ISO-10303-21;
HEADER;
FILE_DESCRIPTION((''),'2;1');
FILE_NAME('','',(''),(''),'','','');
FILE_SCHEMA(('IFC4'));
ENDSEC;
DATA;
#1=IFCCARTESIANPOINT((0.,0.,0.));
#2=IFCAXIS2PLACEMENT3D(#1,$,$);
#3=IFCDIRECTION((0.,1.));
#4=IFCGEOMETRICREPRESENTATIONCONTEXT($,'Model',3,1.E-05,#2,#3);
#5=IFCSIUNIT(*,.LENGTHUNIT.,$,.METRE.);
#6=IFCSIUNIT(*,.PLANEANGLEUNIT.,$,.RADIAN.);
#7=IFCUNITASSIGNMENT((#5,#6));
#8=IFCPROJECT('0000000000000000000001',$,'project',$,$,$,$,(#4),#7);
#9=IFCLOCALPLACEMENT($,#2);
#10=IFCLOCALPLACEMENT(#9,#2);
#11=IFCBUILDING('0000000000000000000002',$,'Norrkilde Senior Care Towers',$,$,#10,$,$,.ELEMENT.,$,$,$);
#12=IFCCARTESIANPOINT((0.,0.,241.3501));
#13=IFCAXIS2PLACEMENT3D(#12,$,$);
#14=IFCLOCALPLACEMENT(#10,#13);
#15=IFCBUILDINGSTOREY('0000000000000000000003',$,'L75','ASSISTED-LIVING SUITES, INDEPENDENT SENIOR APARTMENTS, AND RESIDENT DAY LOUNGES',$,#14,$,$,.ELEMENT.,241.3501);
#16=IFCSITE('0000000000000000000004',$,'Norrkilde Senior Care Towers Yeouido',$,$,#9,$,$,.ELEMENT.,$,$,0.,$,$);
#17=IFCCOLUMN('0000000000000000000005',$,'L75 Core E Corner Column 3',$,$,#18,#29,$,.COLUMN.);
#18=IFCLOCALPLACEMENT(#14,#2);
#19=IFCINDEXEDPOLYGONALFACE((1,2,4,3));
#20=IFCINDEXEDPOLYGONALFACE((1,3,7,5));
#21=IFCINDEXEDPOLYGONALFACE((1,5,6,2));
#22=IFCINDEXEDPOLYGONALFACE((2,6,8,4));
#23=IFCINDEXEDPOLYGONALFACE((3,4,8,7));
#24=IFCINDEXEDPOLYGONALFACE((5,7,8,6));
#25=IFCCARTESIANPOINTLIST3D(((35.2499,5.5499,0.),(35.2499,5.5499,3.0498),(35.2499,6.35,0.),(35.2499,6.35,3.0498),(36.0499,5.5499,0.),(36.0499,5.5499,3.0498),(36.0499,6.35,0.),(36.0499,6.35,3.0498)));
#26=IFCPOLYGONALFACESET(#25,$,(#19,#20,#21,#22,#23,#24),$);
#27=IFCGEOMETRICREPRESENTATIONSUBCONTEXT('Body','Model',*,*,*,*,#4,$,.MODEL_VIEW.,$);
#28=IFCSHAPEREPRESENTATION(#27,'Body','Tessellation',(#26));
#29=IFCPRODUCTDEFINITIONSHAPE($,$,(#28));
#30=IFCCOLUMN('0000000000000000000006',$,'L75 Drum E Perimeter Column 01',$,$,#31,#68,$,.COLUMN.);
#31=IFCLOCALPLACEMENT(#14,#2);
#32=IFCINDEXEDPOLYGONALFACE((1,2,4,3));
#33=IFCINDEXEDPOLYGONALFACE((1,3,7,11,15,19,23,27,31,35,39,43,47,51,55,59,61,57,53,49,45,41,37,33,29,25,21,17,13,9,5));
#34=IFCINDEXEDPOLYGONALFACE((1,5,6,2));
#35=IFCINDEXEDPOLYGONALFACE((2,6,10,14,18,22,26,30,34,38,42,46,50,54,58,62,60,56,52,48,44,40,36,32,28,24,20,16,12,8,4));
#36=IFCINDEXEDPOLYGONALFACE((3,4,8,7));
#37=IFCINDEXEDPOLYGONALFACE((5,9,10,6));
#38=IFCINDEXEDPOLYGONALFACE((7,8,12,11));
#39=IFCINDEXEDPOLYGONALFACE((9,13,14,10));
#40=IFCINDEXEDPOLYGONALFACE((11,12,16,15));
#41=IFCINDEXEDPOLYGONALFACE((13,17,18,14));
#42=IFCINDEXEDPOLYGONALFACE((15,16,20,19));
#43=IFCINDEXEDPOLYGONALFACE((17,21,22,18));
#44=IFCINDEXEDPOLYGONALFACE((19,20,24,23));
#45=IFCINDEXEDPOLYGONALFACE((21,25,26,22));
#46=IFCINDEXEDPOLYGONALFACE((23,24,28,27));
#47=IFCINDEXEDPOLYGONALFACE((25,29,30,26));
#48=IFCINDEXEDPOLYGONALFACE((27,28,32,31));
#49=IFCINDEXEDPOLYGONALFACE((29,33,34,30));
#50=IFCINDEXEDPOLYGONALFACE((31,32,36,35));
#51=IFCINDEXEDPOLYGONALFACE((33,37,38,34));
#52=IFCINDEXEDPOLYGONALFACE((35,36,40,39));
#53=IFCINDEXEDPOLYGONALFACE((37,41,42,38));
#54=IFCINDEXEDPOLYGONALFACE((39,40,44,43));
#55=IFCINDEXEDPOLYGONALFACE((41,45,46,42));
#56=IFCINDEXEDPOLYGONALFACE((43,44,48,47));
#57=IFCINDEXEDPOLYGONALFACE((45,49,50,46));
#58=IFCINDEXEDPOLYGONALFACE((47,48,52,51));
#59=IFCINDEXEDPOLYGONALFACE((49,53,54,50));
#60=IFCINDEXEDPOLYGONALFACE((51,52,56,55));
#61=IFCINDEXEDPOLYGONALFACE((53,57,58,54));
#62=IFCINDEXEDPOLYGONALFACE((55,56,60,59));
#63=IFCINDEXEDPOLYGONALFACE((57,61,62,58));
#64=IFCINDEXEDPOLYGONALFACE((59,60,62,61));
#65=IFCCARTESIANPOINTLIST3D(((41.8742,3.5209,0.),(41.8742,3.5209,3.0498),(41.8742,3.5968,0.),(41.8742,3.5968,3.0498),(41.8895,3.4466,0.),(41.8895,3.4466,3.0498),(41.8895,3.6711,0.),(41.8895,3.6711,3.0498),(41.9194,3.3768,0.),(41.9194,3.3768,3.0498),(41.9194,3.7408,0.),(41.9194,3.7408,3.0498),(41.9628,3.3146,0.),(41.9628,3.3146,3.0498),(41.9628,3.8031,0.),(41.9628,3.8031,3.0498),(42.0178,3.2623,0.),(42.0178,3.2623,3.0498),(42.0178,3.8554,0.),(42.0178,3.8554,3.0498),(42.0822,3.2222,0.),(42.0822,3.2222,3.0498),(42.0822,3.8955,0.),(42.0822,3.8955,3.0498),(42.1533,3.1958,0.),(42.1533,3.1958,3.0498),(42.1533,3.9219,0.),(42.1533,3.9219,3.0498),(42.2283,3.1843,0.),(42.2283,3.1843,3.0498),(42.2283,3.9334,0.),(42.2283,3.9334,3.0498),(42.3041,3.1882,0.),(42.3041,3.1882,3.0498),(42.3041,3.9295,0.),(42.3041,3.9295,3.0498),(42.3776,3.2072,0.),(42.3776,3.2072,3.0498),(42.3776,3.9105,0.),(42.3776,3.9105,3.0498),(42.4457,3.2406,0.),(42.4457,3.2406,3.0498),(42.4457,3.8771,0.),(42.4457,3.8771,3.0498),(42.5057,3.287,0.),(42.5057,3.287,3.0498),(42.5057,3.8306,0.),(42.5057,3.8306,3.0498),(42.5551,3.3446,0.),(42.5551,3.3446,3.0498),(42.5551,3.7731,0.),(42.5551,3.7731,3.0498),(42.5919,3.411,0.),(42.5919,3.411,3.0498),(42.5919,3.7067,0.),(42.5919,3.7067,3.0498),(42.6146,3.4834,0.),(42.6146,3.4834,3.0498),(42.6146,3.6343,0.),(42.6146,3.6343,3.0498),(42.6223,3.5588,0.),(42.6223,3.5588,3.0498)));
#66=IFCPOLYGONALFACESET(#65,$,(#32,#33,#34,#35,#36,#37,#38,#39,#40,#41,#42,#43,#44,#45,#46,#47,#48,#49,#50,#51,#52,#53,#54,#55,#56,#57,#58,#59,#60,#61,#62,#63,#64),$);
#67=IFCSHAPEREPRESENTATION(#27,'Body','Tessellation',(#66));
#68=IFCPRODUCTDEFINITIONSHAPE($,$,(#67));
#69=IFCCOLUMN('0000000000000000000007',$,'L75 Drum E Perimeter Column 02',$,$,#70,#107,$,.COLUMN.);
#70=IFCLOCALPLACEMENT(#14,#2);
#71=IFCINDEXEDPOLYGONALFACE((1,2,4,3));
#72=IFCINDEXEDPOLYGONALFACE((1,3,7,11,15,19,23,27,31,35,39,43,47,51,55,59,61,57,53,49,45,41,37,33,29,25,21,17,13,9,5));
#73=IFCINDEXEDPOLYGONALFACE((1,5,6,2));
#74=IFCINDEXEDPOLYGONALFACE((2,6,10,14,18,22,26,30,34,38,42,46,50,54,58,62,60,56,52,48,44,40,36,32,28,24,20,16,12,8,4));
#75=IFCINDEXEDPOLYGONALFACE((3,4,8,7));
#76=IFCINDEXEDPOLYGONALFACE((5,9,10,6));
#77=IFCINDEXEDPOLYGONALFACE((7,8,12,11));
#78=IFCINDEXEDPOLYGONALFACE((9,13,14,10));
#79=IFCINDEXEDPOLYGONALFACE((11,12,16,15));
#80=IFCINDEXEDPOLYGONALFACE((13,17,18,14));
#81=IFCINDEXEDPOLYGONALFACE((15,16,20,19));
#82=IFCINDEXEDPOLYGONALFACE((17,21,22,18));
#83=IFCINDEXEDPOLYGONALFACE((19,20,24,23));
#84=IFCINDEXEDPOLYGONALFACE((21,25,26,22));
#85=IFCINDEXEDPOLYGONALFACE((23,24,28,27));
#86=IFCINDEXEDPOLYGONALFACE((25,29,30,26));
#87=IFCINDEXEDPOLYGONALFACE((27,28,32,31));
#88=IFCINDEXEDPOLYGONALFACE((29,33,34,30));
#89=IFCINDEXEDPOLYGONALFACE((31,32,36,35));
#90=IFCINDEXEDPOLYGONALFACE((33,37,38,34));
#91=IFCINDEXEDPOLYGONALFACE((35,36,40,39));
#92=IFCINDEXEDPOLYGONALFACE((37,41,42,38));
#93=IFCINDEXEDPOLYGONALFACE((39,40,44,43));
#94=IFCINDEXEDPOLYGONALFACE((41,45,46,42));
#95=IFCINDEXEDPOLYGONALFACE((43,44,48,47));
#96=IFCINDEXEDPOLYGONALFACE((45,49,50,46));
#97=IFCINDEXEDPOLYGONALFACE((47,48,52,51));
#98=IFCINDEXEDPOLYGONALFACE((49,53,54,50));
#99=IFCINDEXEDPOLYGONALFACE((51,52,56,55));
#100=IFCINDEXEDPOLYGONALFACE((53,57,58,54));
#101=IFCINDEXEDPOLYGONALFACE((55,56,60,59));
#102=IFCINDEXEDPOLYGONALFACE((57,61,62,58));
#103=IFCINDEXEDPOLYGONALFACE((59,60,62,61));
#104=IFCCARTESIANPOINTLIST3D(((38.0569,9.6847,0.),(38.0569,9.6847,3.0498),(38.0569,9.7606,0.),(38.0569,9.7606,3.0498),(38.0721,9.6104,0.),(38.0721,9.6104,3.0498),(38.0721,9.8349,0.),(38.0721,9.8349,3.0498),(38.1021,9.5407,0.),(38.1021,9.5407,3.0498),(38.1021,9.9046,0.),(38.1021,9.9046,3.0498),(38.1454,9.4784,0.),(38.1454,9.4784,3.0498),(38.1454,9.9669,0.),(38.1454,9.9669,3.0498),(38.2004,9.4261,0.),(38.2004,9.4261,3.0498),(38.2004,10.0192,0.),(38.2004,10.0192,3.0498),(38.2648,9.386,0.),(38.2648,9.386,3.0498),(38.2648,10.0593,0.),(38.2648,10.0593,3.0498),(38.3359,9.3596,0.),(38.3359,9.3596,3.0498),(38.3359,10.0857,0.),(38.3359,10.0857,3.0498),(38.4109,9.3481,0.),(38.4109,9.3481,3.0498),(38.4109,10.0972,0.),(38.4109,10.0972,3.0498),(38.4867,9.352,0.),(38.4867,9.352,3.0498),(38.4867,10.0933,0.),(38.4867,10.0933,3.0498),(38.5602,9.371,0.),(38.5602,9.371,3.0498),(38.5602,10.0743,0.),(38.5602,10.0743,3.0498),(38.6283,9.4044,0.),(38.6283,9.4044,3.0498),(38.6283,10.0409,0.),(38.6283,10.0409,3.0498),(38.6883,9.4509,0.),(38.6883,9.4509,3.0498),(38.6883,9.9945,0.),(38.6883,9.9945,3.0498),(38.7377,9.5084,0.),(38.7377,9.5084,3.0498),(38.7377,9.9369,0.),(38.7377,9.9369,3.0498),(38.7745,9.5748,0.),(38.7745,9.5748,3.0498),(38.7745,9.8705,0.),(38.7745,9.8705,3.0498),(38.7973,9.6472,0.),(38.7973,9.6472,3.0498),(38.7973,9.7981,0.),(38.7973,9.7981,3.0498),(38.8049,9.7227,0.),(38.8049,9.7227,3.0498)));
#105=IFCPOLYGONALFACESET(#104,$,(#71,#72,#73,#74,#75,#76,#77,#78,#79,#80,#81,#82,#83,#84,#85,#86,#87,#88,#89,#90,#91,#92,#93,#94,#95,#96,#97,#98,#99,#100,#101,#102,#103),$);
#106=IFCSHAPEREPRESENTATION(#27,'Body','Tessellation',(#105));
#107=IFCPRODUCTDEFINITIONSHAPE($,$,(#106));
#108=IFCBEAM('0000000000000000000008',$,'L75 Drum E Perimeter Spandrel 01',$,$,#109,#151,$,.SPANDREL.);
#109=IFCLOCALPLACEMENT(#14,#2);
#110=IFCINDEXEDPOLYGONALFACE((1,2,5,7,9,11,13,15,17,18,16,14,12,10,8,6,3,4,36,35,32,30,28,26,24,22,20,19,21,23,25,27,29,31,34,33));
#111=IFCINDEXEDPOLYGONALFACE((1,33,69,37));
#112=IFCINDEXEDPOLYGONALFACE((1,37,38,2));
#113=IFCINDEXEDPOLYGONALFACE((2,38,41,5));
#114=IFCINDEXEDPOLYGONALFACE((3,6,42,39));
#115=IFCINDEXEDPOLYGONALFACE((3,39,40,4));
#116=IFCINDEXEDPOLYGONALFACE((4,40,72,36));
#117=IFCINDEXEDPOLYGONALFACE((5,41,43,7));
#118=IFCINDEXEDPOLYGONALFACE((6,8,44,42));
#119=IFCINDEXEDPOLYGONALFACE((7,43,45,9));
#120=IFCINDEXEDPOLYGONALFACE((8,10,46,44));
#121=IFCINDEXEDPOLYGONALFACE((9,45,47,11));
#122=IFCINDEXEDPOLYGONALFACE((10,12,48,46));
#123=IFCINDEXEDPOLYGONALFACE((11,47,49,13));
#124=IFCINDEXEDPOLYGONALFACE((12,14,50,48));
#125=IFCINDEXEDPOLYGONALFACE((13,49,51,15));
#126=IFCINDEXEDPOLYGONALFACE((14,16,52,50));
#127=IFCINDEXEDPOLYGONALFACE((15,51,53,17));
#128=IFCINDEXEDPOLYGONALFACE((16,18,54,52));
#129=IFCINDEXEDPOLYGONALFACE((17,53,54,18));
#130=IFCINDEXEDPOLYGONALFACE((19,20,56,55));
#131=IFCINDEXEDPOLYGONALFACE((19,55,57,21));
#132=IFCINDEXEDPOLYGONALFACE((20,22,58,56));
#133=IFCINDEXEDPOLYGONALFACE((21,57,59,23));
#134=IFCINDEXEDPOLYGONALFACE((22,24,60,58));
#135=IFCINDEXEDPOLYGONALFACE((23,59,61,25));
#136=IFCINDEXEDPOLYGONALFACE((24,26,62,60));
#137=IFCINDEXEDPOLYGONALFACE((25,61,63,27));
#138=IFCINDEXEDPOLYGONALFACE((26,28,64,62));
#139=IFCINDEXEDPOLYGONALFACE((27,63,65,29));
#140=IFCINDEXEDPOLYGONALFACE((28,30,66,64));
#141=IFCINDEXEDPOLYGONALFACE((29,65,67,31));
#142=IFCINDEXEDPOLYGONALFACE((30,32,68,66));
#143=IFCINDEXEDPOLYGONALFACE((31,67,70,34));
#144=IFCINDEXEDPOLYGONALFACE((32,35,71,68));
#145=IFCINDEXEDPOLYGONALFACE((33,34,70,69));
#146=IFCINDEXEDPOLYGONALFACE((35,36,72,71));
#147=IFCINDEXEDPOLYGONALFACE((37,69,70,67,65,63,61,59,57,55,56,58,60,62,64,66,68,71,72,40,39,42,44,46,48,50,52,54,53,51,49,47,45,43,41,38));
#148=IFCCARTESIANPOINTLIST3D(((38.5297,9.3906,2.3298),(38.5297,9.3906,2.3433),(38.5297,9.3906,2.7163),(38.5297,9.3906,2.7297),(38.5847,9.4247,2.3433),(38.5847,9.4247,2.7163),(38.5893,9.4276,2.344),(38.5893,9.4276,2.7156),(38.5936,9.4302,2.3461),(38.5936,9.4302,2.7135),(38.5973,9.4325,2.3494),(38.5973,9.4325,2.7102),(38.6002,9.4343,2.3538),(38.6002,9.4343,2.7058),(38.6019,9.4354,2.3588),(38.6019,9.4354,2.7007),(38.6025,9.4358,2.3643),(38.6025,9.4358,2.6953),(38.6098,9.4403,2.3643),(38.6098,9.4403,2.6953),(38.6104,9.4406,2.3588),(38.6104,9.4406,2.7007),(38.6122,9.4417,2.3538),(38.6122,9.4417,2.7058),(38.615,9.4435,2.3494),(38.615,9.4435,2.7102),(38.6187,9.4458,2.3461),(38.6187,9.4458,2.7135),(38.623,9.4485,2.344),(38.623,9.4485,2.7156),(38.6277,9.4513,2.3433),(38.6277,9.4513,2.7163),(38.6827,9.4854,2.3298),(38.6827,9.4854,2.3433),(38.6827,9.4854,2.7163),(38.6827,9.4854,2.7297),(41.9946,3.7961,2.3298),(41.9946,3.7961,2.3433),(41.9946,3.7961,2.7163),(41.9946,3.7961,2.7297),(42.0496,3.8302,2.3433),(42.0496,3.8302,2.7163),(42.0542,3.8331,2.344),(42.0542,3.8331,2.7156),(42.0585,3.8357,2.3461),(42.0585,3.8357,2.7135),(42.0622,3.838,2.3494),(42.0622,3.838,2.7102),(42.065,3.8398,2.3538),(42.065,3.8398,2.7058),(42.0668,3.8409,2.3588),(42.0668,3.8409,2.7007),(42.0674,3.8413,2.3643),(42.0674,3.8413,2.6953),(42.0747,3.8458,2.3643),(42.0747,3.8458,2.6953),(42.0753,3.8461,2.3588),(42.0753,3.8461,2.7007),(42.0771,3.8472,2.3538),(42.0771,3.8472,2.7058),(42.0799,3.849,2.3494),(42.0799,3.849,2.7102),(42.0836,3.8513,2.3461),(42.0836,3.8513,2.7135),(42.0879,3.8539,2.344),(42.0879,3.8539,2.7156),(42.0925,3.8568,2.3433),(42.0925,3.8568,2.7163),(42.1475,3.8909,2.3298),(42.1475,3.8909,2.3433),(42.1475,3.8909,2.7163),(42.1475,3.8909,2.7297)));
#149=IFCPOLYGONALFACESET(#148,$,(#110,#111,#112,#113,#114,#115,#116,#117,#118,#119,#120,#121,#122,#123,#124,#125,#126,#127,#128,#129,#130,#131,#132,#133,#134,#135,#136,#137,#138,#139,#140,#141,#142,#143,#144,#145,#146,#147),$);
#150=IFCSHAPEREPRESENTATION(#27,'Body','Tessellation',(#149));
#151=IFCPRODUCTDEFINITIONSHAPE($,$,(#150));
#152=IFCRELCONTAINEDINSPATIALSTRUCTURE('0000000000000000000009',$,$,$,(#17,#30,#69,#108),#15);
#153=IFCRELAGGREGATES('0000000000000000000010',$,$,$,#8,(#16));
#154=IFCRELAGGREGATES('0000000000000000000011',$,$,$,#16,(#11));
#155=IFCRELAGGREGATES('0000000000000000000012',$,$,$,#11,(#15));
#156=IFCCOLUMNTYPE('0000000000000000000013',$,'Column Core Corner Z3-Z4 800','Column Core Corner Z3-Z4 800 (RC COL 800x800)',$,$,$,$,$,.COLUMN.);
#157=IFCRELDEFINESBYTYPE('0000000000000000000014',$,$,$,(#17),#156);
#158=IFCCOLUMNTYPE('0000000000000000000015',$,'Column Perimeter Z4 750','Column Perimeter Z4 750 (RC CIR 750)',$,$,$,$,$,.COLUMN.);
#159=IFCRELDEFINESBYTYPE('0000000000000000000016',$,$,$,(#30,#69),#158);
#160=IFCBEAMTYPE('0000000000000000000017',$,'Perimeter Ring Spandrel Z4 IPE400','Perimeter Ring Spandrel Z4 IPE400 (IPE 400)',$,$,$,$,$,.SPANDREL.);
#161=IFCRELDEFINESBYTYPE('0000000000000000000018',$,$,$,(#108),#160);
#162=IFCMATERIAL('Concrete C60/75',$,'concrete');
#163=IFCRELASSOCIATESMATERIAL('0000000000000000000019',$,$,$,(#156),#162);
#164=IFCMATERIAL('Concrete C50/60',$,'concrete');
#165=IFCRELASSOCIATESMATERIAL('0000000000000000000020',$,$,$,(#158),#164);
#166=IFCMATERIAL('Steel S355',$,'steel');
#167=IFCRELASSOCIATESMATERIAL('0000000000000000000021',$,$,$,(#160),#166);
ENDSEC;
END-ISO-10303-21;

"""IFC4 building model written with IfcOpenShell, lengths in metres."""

from ifc_helpers import new_model, si_unit, direction, frame, origin, origin_2d, place, context, subcontext, project, spatial, rectangle, circle, i_section, extrude, source, transform, mapped, material, material_profile, profile_set, type_object, type_shapes, element, save


model = new_model("IFC4")

# Units and contexts
model_context = context("Model", 3, precision=1e-05, world=origin(), true_north=direction((0.0, 1.0)))
body_context = subcontext(model_context, "Body", "Model", "MODEL_VIEW")
ifc_project = project(units=[si_unit("LENGTHUNIT", "METRE"), si_unit("PLANEANGLEUNIT", "RADIAN")], contexts=[model_context])

# Site, building, storey
site_placement = place(None, origin())
site = spatial("IfcSite", under=ifc_project, at=site_placement, Name="Norrkilde Senior Care Towers Yeouido", CompositionType="ELEMENT", RefElevation=0.0)
building_placement = place(site_placement, origin())
building = spatial("IfcBuilding", under=site, at=building_placement, Name="Norrkilde Senior Care Towers", CompositionType="ELEMENT")
storey_placement = place(building_placement, frame((0.0, 0.0, 241.3501)))
storey = spatial("IfcBuildingStorey", under=building, at=storey_placement, Name="L75", Description="ASSISTED-LIVING SUITES, INDEPENDENT SENIOR APARTMENTS, AND RESIDENT DAY LOUNGES", CompositionType="ELEMENT", Elevation=241.3501)

# Columns
ifc_material_1 = material(Name="Concrete C60/75", Category="concrete")
ifc_material_profile_1 = material_profile(ifc_material_1, rectangle(XDim=0.8, YDim=0.8, at=origin_2d()), Name="RC COL 800x800")
ifc_profile_set_1 = profile_set([ifc_material_profile_1], Name="Concrete C60/75")
column_type_1 = type_object("IfcColumnType", Name="Column Core Corner Z3-Z4 800", Description="Column Core Corner Z3-Z4 800 (RC COL 800x800)", PredefinedType="COLUMN", material=ifc_profile_set_1)
shared_shape_1 = source(origin(), body_context, "Body", "SweptSolid", [
    extrude(rectangle(XDim=0.8, YDim=0.8, at=origin_2d()), origin(), (0.0, 0.0, 1.0), 3.0498),
])
type_shapes(column_type_1, [shared_shape_1])
column_placement = place(storey_placement, frame((35.6499, 5.95, 0.0), z_axis=(0.0, 0.0, 1.0), x_axis=(1.0, 0.0, 0.0)))
element("IfcColumn", 1, at=column_placement, inside=storey, type_object=column_type_1, Name="L75 Core E Corner Column 3", PredefinedType="COLUMN", context=body_context, shape_type="MappedRepresentation", body=[
    mapped(shared_shape_1, transform((0.0, 0.0, 0.0), x_axis=(1.0, 0.0, 0.0), y_axis=(0.0, 1.0, 0.0), z_axis=(0.0, 0.0, 1.0), scale=1.0)),
])
ifc_material_2 = material(Name="Concrete C50/60", Category="concrete")
ifc_material_profile_2 = material_profile(ifc_material_2, circle(Radius=0.375, at=origin_2d()), Name="RC CIR 750")
ifc_profile_set_2 = profile_set([ifc_material_profile_2], Name="Concrete C50/60")
column_type_2 = type_object("IfcColumnType", Name="Column Perimeter Z4 750", Description="Column Perimeter Z4 750 (RC CIR 750)", PredefinedType="COLUMN", material=ifc_profile_set_2)
shared_shape_2 = source(origin(), body_context, "Body", "SweptSolid", [
    extrude(circle(Radius=0.375, at=origin_2d()), origin(), (0.0, 0.0, 1.0), 3.0498),
])
type_shapes(column_type_2, [shared_shape_2])
for number, where, z_axis, x_axis, name in (
    (2, (42.2473, 3.5588, 0.0), (0.0, 0.0, 1.0), (1.0, 0.0, 0.0), "L75 Drum E Perimeter Column 01"),
    (3, (38.4299, 9.7227, 0.0), (0.0, 0.0, 1.0), (1.0, 0.0, 0.0), "L75 Drum E Perimeter Column 02"),
):
    element("IfcColumn", number, at=place(storey_placement, frame(where, z_axis=z_axis, x_axis=x_axis)), inside=storey, type_object=column_type_2, Name=name, PredefinedType="COLUMN", context=body_context, shape_type="MappedRepresentation", body=[
        mapped(shared_shape_2, transform((0.0, 0.0, 0.0), x_axis=(1.0, 0.0, 0.0), y_axis=(0.0, 1.0, 0.0), z_axis=(0.0, 0.0, 1.0), scale=1.0)),
    ])

# Beam
ifc_material_3 = material(Name="Steel S355", Category="steel")
ifc_material_profile_3 = material_profile(ifc_material_3, i_section(OverallWidth=0.1799, OverallDepth=0.3999, WebThickness=0.0085, FlangeThickness=0.0134, FilletRadius=0.021, at=origin_2d()), Name="IPE 400")
ifc_profile_set_3 = profile_set([ifc_material_profile_3], Name="Steel S355")
beam_type_1 = type_object("IfcBeamType", Name="Perimeter Ring Spandrel Z4 IPE400", Description="Perimeter Ring Spandrel Z4 IPE400 (IPE 400)", PredefinedType="SPANDREL", material=ifc_profile_set_3)
shared_shape_3 = source(origin(), body_context, "Body", "SweptSolid", [
    extrude(i_section(OverallWidth=0.1799, OverallDepth=0.3999, WebThickness=0.0085, FlangeThickness=0.0134, FilletRadius=0.021, at=origin_2d()), origin(), (0.0, 0.0, 1.0), 6.5806),
])
beam_1_placement = place(storey_placement, frame((42.071, 3.8435, 2.5298), z_axis=(-0.52653, 0.850157, 0.0), x_axis=(-0.850157, -0.52653, 0.0)))
element("IfcBeam", 4, at=beam_1_placement, inside=storey, type_object=beam_type_1, Name="L75 Drum E Perimeter Spandrel 01", PredefinedType="SPANDREL", context=body_context, shape_type="MappedRepresentation", body=[
    mapped(shared_shape_3, transform((0.0, 0.0, 0.0), x_axis=(1.0, 0.0, 0.0), y_axis=(0.0, 1.0, 0.0), z_axis=(0.0, 0.0, 1.0), scale=1.0)),
])

save(model, "model.ifc")
